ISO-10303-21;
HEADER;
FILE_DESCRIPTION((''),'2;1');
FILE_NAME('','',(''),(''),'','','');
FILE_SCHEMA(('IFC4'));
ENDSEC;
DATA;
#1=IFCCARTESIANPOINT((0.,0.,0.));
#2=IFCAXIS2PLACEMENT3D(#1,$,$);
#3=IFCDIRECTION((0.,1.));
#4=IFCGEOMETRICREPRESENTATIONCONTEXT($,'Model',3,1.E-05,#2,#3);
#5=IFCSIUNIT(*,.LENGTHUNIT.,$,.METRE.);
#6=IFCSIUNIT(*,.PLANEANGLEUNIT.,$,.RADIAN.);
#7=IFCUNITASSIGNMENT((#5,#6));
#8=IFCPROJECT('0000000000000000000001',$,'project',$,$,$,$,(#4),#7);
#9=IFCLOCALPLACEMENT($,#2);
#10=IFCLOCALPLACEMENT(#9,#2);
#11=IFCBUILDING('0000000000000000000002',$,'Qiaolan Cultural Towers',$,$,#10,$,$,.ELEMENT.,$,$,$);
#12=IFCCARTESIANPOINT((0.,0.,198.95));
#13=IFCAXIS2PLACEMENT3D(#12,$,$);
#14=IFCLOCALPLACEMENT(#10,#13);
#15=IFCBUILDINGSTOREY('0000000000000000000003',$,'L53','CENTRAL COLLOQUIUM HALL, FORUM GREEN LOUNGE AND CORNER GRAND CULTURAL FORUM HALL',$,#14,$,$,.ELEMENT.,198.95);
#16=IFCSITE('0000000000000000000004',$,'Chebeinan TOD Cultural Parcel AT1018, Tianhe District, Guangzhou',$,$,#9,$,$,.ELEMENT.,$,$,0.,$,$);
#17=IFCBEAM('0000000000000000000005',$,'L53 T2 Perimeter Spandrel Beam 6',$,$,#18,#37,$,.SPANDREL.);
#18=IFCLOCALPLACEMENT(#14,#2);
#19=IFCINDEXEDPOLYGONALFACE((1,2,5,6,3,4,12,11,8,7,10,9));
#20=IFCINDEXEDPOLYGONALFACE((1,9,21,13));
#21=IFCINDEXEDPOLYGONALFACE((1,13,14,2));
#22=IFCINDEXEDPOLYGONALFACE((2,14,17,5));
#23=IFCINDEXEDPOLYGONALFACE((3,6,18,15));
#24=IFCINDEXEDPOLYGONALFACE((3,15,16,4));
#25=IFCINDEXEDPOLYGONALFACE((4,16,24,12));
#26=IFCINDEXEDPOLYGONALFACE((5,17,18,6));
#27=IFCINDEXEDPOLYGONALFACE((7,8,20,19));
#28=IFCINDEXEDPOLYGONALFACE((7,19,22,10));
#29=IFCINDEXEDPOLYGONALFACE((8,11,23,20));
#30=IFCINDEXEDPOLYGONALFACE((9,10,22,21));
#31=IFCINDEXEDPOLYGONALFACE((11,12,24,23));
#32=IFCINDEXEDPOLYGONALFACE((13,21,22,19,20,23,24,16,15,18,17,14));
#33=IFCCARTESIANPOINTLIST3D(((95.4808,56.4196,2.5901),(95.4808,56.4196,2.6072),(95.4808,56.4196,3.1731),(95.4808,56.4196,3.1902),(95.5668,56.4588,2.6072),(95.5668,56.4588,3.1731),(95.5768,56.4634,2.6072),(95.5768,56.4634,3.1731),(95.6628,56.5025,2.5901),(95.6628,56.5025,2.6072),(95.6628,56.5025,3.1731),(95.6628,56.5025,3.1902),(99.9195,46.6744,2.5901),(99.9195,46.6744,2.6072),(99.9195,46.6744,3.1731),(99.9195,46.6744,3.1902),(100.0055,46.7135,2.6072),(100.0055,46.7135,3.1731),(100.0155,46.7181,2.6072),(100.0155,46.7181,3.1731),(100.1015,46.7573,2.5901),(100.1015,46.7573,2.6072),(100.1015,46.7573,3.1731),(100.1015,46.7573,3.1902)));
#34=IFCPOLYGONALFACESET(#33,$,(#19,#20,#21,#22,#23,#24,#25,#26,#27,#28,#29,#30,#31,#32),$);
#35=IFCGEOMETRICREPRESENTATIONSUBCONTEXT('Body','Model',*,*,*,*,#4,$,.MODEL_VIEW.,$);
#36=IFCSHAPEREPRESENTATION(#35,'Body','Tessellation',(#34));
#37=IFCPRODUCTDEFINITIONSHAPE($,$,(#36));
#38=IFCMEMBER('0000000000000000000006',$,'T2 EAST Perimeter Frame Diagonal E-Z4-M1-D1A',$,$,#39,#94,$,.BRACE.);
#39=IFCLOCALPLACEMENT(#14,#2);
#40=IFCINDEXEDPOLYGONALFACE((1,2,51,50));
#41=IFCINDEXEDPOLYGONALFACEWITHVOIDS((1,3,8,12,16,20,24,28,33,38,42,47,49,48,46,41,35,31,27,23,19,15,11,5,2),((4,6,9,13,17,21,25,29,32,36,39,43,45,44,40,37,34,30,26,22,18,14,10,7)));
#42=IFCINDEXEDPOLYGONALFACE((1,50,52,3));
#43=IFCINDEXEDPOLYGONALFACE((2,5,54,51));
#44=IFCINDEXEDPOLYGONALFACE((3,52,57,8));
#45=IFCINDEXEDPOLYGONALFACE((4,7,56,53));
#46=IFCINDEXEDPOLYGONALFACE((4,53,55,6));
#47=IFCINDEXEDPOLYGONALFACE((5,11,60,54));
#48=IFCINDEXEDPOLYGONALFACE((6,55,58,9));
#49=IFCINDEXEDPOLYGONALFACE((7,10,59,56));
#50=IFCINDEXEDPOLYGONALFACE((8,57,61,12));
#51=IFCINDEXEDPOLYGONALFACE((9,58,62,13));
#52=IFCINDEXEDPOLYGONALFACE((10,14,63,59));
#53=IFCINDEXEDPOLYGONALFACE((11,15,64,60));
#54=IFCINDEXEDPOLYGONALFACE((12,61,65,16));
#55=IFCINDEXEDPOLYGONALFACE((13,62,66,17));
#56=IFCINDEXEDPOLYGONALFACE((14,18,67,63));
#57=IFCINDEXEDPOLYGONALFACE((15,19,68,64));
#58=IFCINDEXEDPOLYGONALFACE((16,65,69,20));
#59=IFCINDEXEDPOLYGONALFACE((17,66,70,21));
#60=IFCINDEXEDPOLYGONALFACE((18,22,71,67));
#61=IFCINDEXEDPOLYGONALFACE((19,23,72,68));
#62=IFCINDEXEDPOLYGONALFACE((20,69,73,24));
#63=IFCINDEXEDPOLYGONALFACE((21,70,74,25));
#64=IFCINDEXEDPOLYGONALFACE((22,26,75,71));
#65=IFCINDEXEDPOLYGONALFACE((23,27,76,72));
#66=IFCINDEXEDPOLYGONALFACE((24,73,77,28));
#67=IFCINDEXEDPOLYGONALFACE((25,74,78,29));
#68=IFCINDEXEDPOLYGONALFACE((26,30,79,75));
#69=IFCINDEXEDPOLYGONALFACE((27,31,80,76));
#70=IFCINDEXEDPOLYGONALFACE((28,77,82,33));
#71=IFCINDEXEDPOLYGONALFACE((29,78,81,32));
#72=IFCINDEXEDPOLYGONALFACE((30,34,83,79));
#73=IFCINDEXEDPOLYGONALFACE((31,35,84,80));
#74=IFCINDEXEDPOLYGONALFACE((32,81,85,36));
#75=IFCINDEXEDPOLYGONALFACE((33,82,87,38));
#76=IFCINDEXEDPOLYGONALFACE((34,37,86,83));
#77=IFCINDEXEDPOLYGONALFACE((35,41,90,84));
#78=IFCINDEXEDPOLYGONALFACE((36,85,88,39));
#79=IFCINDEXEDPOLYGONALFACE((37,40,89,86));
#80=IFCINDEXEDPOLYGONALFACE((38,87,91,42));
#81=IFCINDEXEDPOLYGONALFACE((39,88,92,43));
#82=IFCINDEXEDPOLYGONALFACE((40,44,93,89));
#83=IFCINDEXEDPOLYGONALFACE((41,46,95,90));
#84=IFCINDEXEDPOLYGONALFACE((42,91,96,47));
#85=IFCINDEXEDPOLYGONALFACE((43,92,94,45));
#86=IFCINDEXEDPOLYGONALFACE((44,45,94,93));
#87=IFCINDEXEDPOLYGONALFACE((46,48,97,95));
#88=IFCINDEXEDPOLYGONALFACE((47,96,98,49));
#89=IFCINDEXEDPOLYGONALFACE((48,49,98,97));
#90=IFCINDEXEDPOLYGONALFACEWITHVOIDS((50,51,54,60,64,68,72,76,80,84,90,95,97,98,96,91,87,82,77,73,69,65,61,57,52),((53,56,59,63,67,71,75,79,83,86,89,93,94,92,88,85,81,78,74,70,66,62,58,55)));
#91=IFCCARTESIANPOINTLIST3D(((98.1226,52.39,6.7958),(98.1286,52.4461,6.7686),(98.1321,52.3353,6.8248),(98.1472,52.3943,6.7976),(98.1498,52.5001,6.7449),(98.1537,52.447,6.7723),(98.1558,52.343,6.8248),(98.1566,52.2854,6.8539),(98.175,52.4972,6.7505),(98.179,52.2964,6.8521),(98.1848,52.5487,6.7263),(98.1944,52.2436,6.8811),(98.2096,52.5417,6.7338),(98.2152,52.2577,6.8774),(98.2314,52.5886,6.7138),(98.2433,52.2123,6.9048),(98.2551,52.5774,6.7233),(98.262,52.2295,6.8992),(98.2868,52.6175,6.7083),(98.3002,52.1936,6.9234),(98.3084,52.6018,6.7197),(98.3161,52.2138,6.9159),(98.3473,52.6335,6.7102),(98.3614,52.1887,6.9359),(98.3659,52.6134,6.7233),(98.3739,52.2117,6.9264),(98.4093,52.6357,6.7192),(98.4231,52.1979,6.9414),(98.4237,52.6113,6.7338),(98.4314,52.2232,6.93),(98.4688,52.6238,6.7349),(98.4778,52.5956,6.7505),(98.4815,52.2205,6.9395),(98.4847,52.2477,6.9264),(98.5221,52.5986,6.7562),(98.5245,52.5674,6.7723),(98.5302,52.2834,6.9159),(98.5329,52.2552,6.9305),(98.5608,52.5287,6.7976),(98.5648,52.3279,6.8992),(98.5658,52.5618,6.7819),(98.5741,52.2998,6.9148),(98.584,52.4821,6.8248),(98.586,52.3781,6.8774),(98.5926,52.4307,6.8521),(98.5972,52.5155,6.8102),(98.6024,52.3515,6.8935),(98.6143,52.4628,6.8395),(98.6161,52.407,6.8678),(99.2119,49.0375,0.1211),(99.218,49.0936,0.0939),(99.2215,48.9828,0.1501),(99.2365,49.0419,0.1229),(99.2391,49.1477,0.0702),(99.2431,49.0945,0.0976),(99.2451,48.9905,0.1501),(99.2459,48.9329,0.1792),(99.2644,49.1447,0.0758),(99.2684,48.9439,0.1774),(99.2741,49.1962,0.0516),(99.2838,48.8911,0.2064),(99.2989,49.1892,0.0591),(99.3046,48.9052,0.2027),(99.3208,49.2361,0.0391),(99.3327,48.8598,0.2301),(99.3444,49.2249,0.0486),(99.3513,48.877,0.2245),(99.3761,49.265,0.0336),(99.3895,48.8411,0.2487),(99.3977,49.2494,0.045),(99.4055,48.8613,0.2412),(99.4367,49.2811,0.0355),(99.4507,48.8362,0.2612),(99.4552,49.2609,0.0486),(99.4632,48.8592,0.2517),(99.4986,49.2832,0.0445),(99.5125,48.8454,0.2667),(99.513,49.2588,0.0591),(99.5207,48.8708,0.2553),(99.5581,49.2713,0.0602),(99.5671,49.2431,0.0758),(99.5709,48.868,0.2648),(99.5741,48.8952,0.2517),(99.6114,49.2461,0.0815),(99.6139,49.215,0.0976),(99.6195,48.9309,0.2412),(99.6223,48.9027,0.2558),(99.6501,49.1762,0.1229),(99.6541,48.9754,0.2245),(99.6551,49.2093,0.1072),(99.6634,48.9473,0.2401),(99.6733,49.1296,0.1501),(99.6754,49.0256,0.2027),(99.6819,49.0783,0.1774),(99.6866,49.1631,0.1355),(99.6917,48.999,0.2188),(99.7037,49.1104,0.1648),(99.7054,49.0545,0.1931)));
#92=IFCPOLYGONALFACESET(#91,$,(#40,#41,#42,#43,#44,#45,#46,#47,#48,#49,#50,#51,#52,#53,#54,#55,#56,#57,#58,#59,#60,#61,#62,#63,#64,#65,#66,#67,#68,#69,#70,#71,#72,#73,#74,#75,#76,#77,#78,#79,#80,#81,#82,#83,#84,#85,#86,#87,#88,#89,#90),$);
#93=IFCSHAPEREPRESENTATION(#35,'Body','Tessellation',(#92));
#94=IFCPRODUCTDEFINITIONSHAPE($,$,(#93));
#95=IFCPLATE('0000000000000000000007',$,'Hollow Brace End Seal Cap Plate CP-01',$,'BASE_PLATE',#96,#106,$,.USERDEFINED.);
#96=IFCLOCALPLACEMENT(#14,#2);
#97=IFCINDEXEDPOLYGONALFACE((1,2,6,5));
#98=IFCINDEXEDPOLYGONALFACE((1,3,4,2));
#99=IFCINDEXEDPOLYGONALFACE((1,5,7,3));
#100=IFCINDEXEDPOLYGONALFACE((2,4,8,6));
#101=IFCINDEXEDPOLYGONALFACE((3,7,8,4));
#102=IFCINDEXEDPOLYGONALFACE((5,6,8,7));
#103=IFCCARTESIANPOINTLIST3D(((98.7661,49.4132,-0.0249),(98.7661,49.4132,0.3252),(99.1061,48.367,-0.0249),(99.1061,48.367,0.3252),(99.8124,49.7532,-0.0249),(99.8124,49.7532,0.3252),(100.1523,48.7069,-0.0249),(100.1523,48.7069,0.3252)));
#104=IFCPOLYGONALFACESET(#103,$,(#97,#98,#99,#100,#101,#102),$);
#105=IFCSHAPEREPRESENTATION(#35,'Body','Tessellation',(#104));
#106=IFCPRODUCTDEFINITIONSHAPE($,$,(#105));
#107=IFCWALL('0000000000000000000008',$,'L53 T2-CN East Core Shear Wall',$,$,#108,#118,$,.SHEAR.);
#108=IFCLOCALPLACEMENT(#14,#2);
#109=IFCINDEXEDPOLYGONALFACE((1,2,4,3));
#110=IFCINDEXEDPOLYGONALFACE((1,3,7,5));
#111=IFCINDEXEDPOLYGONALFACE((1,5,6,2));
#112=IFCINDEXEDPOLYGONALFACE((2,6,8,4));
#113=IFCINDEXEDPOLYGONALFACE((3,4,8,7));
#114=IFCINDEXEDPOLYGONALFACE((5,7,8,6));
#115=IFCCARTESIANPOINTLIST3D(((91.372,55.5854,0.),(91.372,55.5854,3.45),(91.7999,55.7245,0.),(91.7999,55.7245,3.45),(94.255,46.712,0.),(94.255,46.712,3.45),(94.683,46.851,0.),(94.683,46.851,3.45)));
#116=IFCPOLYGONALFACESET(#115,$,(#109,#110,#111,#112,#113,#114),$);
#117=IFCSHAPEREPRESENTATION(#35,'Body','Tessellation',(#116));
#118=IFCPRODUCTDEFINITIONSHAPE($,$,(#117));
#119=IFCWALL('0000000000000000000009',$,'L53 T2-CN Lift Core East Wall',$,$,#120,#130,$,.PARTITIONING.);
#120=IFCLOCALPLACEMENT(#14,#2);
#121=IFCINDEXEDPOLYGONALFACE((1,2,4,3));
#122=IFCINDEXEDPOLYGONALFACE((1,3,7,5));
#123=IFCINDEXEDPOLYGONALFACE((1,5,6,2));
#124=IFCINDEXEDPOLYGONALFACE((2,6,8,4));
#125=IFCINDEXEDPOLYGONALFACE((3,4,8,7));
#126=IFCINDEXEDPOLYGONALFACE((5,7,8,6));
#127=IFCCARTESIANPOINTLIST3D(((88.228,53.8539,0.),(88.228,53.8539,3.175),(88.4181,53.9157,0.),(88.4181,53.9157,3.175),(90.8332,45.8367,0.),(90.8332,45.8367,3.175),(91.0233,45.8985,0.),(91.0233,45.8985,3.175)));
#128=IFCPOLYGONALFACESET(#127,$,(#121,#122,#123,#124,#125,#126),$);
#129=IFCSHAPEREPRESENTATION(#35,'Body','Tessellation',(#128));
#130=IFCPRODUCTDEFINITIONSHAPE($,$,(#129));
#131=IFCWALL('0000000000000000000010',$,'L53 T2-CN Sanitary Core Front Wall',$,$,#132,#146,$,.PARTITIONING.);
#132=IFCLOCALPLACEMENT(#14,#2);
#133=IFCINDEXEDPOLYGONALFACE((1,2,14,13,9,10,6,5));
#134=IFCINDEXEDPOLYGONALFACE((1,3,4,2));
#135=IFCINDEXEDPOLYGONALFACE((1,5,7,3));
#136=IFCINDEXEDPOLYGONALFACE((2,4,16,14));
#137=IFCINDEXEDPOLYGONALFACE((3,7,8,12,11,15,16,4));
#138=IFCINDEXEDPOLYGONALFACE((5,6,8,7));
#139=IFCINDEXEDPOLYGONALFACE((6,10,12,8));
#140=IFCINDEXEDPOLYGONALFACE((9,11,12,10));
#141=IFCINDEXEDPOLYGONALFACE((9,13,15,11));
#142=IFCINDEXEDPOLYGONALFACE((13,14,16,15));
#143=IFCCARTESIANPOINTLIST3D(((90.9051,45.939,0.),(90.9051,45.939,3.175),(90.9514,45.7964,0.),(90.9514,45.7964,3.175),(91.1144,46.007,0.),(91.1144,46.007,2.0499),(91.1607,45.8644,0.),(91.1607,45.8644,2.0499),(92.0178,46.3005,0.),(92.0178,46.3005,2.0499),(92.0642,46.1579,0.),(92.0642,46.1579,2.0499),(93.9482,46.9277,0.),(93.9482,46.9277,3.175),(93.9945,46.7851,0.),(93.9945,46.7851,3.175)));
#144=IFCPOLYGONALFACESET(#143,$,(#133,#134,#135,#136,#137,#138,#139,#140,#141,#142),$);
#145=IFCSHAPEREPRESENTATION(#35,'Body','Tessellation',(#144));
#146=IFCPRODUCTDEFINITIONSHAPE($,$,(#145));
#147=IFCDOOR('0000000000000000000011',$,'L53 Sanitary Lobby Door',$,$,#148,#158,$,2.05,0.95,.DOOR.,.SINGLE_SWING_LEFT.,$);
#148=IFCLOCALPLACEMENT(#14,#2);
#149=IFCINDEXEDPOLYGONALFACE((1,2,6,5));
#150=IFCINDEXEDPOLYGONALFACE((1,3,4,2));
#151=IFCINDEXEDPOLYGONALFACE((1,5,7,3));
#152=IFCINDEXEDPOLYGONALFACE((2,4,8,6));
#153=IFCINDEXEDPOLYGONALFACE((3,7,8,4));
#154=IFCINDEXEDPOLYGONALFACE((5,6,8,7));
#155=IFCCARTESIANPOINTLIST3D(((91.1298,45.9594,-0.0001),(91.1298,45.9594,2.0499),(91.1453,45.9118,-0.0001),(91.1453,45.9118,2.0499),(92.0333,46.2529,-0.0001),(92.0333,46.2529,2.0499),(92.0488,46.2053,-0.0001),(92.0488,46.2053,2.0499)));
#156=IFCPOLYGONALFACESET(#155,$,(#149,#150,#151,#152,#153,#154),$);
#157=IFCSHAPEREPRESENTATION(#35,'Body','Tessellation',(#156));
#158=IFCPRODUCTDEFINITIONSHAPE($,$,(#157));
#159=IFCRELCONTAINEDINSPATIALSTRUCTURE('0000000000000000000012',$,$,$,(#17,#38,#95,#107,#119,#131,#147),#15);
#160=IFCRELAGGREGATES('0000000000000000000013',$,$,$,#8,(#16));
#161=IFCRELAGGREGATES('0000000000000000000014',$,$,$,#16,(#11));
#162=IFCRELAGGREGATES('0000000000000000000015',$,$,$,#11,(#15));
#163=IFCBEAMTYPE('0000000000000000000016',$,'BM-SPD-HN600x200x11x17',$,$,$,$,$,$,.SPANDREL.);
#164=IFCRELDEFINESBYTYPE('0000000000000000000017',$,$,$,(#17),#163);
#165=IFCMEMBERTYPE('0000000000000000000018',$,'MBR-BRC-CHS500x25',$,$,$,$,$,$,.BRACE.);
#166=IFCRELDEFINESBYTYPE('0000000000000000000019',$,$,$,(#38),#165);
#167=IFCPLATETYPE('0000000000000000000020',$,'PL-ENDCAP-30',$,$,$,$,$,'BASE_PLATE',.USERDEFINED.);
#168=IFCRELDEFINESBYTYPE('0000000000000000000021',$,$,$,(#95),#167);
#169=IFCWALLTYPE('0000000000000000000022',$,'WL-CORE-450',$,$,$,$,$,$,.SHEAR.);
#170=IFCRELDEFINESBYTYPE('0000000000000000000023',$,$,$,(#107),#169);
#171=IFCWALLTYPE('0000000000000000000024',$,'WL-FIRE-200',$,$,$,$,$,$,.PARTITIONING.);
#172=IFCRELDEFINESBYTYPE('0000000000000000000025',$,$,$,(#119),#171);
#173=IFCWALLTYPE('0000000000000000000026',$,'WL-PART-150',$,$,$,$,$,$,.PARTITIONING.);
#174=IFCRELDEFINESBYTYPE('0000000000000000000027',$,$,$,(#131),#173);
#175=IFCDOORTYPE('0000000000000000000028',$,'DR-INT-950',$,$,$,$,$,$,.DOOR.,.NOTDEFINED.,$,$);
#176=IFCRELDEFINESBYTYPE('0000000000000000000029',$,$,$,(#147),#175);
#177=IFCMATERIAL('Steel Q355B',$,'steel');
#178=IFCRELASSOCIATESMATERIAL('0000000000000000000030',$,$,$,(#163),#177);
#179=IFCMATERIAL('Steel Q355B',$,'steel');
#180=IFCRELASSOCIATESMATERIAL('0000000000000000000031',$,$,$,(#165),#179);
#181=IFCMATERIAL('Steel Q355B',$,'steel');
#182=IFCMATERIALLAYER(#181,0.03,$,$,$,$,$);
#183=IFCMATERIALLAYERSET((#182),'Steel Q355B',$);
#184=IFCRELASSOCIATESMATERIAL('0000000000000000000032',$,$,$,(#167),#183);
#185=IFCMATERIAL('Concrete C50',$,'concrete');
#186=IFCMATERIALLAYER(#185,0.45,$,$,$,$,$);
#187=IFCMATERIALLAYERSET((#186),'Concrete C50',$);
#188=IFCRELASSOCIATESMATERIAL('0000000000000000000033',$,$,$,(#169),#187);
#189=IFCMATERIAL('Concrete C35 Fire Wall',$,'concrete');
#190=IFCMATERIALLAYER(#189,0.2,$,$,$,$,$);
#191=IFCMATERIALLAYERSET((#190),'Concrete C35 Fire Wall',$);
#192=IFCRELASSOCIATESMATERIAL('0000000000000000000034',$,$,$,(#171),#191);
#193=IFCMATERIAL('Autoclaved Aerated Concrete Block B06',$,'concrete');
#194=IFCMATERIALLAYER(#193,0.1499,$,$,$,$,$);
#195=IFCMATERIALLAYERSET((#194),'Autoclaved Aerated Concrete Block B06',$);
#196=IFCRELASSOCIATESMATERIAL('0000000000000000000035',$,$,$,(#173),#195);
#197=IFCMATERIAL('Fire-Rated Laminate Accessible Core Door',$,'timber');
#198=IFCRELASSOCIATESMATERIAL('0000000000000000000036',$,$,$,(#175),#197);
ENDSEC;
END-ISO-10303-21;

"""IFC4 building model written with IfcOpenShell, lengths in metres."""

from ifc_helpers import new_model, si_unit, direction, frame, frame_2d, origin, origin_2d, place, context, subcontext, project, spatial, rectangle, hollow_circle, i_section, extrude, material, layer, layer_set, material_profile, profile_set, type_object, element, fill, save


model = new_model("IFC4")

# Units and contexts
model_context = context("Model", 3, precision=1e-05, world=origin(), true_north=direction((0.0, 1.0)))
body_context = subcontext(model_context, "Body", "Model", "MODEL_VIEW")
ifc_project = project(units=[si_unit("LENGTHUNIT", "METRE"), si_unit("PLANEANGLEUNIT", "RADIAN")], contexts=[model_context])

# Site, building, storey
site_placement = place(None, origin())
site = spatial("IfcSite", under=ifc_project, at=site_placement, Name="Chebeinan TOD Cultural Parcel AT1018, Tianhe District, Guangzhou", CompositionType="ELEMENT", RefElevation=0.0)
building_placement = place(site_placement, origin())
building = spatial("IfcBuilding", under=site, at=building_placement, Name="Qiaolan Cultural Towers", CompositionType="ELEMENT")
storey_placement = place(building_placement, frame((0.0, 0.0, 198.95)))
storey = spatial("IfcBuildingStorey", under=building, at=storey_placement, Name="L53", Description="CENTRAL COLLOQUIUM HALL, FORUM GREEN LOUNGE AND CORNER GRAND CULTURAL FORUM HALL", CompositionType="ELEMENT", Elevation=198.95)

# Beam
ifc_material_1 = material(Name="Steel Q355B", Category="steel")
ifc_material_profile_1 = material_profile(ifc_material_1, i_section(OverallWidth=0.2, OverallDepth=0.6001, WebThickness=0.011, FlangeThickness=0.0171, at=origin_2d()), Name="HN600x200x11x17")
ifc_profile_set_1 = profile_set([ifc_material_profile_1], Name="Steel Q355B")
beam_type_1 = type_object("IfcBeamType", Name="BM-SPD-HN600x200x11x17", PredefinedType="SPANDREL", material=ifc_profile_set_1)
beam_1_placement = place(storey_placement, frame((100.0105, 46.7158, 2.8901), z_axis=(-0.4145, 0.910049, 0.0), x_axis=(-0.910049, -0.4145, 0.0)))
element("IfcBeam", 1, at=beam_1_placement, inside=storey, type_object=beam_type_1, Name="L53 T2 Perimeter Spandrel Beam 6", PredefinedType="SPANDREL", context=body_context, shape_type="SweptSolid", body=[
    extrude(i_section(OverallWidth=0.2, OverallDepth=0.6001, WebThickness=0.011, FlangeThickness=0.0171, at=origin_2d()), origin(), (0.0, 0.0, 1.0), 10.7085),
])

# Member
ifc_material_2 = material(Name="Steel Q355B", Category="steel")
ifc_material_profile_2 = material_profile(ifc_material_2, hollow_circle(Radius=0.25, WallThickness=0.0249, at=origin_2d()), Name="CHS500x25")
ifc_profile_set_2 = profile_set([ifc_material_profile_2], Name="Steel Q355B")
member_type = type_object("IfcMemberType", Name="MBR-BRC-CHS500x25", PredefinedType="BRACE", material=ifc_profile_set_2)
member_placement = place(storey_placement, frame((99.4592, 49.0601, 0.1501), z_axis=(-0.144315, 0.444136, 0.884261), x_axis=(-0.951052, -0.30903, 0.0)))
element("IfcMember", 2, at=member_placement, inside=storey, type_object=member_type, Name="T2 EAST Perimeter Frame Diagonal E-Z4-M1-D1A", PredefinedType="BRACE", context=body_context, shape_type="SweptSolid", body=[
    extrude(hollow_circle(Radius=0.25, WallThickness=0.0249, at=origin_2d()), origin(), (0.0, 0.0, 1.0), 7.5483),
])

# Plate
ifc_material_3 = material(Name="Steel Q355B", Category="steel")
ifc_layer_1 = layer(ifc_material_3, 0.03)
ifc_layer_set_1 = layer_set([ifc_layer_1], Name="Steel Q355B")
plate_type = type_object("IfcPlateType", Name="PL-ENDCAP-30", ElementType="BASE_PLATE", PredefinedType="USERDEFINED", material=ifc_layer_set_1)
plate_placement = place(storey_placement, frame((99.4592, 49.0601, -0.0249), z_axis=(0.0, 0.0, 1.0), x_axis=(-0.309017, 0.951057, 0.0)))
element("IfcPlate", 3, at=plate_placement, inside=storey, type_object=plate_type, Name="Hollow Brace End Seal Cap Plate CP-01", ObjectType="BASE_PLATE", PredefinedType="USERDEFINED", context=body_context, shape_type="SweptSolid", body=[
    extrude(rectangle(XDim=1.1001, YDim=1.1001, at=origin_2d()), origin(), (0.0, 0.0, 1.0), 0.3501),
])

# Walls
ifc_material_4 = material(Name="Concrete C50", Category="concrete")
ifc_layer_2 = layer(ifc_material_4, 0.45)
ifc_layer_set_2 = layer_set([ifc_layer_2], Name="Concrete C50")
wall_type_1 = type_object("IfcWallType", Name="WL-CORE-450", PredefinedType="SHEAR", material=ifc_layer_set_2)
wall_1_placement = place(storey_placement, frame((94.469, 46.7815, 0.0), z_axis=(0.0, 0.0, 1.0), x_axis=(-0.309004, 0.951061, 0.0)))
element("IfcWall", 4, at=wall_1_placement, inside=storey, type_object=wall_type_1, Name="L53 T2-CN East Core Shear Wall", PredefinedType="SHEAR", context=body_context, shape_type="SweptSolid", body=[
    extrude(rectangle(XDim=9.3301, YDim=0.45, at=frame_2d((4.665, 0.0))), origin(), (0.0, 0.0, 1.0), 3.45),
])
ifc_material_5 = material(Name="Concrete C35 Fire Wall", Category="concrete")
ifc_layer_3 = layer(ifc_material_5, 0.2)
ifc_layer_set_3 = layer_set([ifc_layer_3], Name="Concrete C35 Fire Wall")
wall_type_2 = type_object("IfcWallType", Name="WL-FIRE-200", PredefinedType="PARTITIONING", material=ifc_layer_set_3)
wall_2_placement = place(storey_placement, frame((90.9282, 45.8677, 0.0), z_axis=(0.0, 0.0, 1.0), x_axis=(-0.309042, 0.951048, 0.0)))
element("IfcWall", 5, at=wall_2_placement, inside=storey, type_object=wall_type_2, Name="L53 T2-CN Lift Core East Wall", PredefinedType="PARTITIONING", context=body_context, shape_type="SweptSolid", body=[
    extrude(rectangle(XDim=8.4299, YDim=0.2, at=frame_2d((4.2148, 0.0))), origin(), (0.0, 0.0, 1.0), 3.175),
])

# Wall, opening, door
ifc_material_6 = material(Name="Autoclaved Aerated Concrete Block B06", Category="concrete")
ifc_layer_4 = layer(ifc_material_6, 0.1499)
ifc_layer_set_4 = layer_set([ifc_layer_4], Name="Autoclaved Aerated Concrete Block B06")
wall_type_3 = type_object("IfcWallType", Name="WL-PART-150", PredefinedType="PARTITIONING", material=ifc_layer_set_4)
wall_3_placement = place(storey_placement, frame((90.9282, 45.8677, 0.0), z_axis=(0.0, 0.0, 1.0), x_axis=(0.951059, 0.309008, 0.0)))
wall_3 = element("IfcWall", 6, at=wall_3_placement, inside=storey, type_object=wall_type_3, Name="L53 T2-CN Sanitary Core Front Wall", PredefinedType="PARTITIONING", context=body_context, shape_type="SweptSolid", body=[
    extrude(rectangle(XDim=3.1997, YDim=0.1499, at=frame_2d((1.5999, 0.0))), origin(), (0.0, 0.0, 1.0), 3.175),
])
opening_1_placement = place(wall_3_placement, frame((0.22, 0.0, 0.0)))
opening_1 = element("IfcOpeningElement", 7, at=opening_1_placement, cuts=wall_3, PredefinedType="OPENING", context=body_context, shape_type="SweptSolid", body=[
    extrude(rectangle(XDim=0.95, YDim=2.05, at=frame_2d((0.4751, 1.0249))), frame((0.0, 0.085, 0.0), z_axis=(0.0, -1.0, 0.0), x_axis=(1.0, 0.0, 0.0)), (0.0, 0.0, 1.0), 0.1699),
])
ifc_material_7 = material(Name="Fire-Rated Laminate Accessible Core Door", Category="timber")
door_type_1 = type_object("IfcDoorType", Name="DR-INT-950", OperationType="NOTDEFINED", PredefinedType="DOOR", material=ifc_material_7)
door_1_placement = place(opening_1_placement, origin())
door_1 = element("IfcDoor", 8, at=door_1_placement, inside=storey, type_object=door_type_1, Name="L53 Sanitary Lobby Door", OperationType="SINGLE_SWING_LEFT", OverallHeight=2.05, OverallWidth=0.95, PredefinedType="DOOR", context=body_context, shape_type="SweptSolid", body=[
    extrude(rectangle(XDim=0.95, YDim=2.05, at=frame_2d((0.4751, 1.0249))), frame((0.0, 0.0249, 0.0), z_axis=(0.0, -1.0, 0.0), x_axis=(1.0, 0.0, 0.0)), (0.0, 0.0, 1.0), 0.05),
])
fill(opening_1, door_1)

save(model, "model.ifc")
